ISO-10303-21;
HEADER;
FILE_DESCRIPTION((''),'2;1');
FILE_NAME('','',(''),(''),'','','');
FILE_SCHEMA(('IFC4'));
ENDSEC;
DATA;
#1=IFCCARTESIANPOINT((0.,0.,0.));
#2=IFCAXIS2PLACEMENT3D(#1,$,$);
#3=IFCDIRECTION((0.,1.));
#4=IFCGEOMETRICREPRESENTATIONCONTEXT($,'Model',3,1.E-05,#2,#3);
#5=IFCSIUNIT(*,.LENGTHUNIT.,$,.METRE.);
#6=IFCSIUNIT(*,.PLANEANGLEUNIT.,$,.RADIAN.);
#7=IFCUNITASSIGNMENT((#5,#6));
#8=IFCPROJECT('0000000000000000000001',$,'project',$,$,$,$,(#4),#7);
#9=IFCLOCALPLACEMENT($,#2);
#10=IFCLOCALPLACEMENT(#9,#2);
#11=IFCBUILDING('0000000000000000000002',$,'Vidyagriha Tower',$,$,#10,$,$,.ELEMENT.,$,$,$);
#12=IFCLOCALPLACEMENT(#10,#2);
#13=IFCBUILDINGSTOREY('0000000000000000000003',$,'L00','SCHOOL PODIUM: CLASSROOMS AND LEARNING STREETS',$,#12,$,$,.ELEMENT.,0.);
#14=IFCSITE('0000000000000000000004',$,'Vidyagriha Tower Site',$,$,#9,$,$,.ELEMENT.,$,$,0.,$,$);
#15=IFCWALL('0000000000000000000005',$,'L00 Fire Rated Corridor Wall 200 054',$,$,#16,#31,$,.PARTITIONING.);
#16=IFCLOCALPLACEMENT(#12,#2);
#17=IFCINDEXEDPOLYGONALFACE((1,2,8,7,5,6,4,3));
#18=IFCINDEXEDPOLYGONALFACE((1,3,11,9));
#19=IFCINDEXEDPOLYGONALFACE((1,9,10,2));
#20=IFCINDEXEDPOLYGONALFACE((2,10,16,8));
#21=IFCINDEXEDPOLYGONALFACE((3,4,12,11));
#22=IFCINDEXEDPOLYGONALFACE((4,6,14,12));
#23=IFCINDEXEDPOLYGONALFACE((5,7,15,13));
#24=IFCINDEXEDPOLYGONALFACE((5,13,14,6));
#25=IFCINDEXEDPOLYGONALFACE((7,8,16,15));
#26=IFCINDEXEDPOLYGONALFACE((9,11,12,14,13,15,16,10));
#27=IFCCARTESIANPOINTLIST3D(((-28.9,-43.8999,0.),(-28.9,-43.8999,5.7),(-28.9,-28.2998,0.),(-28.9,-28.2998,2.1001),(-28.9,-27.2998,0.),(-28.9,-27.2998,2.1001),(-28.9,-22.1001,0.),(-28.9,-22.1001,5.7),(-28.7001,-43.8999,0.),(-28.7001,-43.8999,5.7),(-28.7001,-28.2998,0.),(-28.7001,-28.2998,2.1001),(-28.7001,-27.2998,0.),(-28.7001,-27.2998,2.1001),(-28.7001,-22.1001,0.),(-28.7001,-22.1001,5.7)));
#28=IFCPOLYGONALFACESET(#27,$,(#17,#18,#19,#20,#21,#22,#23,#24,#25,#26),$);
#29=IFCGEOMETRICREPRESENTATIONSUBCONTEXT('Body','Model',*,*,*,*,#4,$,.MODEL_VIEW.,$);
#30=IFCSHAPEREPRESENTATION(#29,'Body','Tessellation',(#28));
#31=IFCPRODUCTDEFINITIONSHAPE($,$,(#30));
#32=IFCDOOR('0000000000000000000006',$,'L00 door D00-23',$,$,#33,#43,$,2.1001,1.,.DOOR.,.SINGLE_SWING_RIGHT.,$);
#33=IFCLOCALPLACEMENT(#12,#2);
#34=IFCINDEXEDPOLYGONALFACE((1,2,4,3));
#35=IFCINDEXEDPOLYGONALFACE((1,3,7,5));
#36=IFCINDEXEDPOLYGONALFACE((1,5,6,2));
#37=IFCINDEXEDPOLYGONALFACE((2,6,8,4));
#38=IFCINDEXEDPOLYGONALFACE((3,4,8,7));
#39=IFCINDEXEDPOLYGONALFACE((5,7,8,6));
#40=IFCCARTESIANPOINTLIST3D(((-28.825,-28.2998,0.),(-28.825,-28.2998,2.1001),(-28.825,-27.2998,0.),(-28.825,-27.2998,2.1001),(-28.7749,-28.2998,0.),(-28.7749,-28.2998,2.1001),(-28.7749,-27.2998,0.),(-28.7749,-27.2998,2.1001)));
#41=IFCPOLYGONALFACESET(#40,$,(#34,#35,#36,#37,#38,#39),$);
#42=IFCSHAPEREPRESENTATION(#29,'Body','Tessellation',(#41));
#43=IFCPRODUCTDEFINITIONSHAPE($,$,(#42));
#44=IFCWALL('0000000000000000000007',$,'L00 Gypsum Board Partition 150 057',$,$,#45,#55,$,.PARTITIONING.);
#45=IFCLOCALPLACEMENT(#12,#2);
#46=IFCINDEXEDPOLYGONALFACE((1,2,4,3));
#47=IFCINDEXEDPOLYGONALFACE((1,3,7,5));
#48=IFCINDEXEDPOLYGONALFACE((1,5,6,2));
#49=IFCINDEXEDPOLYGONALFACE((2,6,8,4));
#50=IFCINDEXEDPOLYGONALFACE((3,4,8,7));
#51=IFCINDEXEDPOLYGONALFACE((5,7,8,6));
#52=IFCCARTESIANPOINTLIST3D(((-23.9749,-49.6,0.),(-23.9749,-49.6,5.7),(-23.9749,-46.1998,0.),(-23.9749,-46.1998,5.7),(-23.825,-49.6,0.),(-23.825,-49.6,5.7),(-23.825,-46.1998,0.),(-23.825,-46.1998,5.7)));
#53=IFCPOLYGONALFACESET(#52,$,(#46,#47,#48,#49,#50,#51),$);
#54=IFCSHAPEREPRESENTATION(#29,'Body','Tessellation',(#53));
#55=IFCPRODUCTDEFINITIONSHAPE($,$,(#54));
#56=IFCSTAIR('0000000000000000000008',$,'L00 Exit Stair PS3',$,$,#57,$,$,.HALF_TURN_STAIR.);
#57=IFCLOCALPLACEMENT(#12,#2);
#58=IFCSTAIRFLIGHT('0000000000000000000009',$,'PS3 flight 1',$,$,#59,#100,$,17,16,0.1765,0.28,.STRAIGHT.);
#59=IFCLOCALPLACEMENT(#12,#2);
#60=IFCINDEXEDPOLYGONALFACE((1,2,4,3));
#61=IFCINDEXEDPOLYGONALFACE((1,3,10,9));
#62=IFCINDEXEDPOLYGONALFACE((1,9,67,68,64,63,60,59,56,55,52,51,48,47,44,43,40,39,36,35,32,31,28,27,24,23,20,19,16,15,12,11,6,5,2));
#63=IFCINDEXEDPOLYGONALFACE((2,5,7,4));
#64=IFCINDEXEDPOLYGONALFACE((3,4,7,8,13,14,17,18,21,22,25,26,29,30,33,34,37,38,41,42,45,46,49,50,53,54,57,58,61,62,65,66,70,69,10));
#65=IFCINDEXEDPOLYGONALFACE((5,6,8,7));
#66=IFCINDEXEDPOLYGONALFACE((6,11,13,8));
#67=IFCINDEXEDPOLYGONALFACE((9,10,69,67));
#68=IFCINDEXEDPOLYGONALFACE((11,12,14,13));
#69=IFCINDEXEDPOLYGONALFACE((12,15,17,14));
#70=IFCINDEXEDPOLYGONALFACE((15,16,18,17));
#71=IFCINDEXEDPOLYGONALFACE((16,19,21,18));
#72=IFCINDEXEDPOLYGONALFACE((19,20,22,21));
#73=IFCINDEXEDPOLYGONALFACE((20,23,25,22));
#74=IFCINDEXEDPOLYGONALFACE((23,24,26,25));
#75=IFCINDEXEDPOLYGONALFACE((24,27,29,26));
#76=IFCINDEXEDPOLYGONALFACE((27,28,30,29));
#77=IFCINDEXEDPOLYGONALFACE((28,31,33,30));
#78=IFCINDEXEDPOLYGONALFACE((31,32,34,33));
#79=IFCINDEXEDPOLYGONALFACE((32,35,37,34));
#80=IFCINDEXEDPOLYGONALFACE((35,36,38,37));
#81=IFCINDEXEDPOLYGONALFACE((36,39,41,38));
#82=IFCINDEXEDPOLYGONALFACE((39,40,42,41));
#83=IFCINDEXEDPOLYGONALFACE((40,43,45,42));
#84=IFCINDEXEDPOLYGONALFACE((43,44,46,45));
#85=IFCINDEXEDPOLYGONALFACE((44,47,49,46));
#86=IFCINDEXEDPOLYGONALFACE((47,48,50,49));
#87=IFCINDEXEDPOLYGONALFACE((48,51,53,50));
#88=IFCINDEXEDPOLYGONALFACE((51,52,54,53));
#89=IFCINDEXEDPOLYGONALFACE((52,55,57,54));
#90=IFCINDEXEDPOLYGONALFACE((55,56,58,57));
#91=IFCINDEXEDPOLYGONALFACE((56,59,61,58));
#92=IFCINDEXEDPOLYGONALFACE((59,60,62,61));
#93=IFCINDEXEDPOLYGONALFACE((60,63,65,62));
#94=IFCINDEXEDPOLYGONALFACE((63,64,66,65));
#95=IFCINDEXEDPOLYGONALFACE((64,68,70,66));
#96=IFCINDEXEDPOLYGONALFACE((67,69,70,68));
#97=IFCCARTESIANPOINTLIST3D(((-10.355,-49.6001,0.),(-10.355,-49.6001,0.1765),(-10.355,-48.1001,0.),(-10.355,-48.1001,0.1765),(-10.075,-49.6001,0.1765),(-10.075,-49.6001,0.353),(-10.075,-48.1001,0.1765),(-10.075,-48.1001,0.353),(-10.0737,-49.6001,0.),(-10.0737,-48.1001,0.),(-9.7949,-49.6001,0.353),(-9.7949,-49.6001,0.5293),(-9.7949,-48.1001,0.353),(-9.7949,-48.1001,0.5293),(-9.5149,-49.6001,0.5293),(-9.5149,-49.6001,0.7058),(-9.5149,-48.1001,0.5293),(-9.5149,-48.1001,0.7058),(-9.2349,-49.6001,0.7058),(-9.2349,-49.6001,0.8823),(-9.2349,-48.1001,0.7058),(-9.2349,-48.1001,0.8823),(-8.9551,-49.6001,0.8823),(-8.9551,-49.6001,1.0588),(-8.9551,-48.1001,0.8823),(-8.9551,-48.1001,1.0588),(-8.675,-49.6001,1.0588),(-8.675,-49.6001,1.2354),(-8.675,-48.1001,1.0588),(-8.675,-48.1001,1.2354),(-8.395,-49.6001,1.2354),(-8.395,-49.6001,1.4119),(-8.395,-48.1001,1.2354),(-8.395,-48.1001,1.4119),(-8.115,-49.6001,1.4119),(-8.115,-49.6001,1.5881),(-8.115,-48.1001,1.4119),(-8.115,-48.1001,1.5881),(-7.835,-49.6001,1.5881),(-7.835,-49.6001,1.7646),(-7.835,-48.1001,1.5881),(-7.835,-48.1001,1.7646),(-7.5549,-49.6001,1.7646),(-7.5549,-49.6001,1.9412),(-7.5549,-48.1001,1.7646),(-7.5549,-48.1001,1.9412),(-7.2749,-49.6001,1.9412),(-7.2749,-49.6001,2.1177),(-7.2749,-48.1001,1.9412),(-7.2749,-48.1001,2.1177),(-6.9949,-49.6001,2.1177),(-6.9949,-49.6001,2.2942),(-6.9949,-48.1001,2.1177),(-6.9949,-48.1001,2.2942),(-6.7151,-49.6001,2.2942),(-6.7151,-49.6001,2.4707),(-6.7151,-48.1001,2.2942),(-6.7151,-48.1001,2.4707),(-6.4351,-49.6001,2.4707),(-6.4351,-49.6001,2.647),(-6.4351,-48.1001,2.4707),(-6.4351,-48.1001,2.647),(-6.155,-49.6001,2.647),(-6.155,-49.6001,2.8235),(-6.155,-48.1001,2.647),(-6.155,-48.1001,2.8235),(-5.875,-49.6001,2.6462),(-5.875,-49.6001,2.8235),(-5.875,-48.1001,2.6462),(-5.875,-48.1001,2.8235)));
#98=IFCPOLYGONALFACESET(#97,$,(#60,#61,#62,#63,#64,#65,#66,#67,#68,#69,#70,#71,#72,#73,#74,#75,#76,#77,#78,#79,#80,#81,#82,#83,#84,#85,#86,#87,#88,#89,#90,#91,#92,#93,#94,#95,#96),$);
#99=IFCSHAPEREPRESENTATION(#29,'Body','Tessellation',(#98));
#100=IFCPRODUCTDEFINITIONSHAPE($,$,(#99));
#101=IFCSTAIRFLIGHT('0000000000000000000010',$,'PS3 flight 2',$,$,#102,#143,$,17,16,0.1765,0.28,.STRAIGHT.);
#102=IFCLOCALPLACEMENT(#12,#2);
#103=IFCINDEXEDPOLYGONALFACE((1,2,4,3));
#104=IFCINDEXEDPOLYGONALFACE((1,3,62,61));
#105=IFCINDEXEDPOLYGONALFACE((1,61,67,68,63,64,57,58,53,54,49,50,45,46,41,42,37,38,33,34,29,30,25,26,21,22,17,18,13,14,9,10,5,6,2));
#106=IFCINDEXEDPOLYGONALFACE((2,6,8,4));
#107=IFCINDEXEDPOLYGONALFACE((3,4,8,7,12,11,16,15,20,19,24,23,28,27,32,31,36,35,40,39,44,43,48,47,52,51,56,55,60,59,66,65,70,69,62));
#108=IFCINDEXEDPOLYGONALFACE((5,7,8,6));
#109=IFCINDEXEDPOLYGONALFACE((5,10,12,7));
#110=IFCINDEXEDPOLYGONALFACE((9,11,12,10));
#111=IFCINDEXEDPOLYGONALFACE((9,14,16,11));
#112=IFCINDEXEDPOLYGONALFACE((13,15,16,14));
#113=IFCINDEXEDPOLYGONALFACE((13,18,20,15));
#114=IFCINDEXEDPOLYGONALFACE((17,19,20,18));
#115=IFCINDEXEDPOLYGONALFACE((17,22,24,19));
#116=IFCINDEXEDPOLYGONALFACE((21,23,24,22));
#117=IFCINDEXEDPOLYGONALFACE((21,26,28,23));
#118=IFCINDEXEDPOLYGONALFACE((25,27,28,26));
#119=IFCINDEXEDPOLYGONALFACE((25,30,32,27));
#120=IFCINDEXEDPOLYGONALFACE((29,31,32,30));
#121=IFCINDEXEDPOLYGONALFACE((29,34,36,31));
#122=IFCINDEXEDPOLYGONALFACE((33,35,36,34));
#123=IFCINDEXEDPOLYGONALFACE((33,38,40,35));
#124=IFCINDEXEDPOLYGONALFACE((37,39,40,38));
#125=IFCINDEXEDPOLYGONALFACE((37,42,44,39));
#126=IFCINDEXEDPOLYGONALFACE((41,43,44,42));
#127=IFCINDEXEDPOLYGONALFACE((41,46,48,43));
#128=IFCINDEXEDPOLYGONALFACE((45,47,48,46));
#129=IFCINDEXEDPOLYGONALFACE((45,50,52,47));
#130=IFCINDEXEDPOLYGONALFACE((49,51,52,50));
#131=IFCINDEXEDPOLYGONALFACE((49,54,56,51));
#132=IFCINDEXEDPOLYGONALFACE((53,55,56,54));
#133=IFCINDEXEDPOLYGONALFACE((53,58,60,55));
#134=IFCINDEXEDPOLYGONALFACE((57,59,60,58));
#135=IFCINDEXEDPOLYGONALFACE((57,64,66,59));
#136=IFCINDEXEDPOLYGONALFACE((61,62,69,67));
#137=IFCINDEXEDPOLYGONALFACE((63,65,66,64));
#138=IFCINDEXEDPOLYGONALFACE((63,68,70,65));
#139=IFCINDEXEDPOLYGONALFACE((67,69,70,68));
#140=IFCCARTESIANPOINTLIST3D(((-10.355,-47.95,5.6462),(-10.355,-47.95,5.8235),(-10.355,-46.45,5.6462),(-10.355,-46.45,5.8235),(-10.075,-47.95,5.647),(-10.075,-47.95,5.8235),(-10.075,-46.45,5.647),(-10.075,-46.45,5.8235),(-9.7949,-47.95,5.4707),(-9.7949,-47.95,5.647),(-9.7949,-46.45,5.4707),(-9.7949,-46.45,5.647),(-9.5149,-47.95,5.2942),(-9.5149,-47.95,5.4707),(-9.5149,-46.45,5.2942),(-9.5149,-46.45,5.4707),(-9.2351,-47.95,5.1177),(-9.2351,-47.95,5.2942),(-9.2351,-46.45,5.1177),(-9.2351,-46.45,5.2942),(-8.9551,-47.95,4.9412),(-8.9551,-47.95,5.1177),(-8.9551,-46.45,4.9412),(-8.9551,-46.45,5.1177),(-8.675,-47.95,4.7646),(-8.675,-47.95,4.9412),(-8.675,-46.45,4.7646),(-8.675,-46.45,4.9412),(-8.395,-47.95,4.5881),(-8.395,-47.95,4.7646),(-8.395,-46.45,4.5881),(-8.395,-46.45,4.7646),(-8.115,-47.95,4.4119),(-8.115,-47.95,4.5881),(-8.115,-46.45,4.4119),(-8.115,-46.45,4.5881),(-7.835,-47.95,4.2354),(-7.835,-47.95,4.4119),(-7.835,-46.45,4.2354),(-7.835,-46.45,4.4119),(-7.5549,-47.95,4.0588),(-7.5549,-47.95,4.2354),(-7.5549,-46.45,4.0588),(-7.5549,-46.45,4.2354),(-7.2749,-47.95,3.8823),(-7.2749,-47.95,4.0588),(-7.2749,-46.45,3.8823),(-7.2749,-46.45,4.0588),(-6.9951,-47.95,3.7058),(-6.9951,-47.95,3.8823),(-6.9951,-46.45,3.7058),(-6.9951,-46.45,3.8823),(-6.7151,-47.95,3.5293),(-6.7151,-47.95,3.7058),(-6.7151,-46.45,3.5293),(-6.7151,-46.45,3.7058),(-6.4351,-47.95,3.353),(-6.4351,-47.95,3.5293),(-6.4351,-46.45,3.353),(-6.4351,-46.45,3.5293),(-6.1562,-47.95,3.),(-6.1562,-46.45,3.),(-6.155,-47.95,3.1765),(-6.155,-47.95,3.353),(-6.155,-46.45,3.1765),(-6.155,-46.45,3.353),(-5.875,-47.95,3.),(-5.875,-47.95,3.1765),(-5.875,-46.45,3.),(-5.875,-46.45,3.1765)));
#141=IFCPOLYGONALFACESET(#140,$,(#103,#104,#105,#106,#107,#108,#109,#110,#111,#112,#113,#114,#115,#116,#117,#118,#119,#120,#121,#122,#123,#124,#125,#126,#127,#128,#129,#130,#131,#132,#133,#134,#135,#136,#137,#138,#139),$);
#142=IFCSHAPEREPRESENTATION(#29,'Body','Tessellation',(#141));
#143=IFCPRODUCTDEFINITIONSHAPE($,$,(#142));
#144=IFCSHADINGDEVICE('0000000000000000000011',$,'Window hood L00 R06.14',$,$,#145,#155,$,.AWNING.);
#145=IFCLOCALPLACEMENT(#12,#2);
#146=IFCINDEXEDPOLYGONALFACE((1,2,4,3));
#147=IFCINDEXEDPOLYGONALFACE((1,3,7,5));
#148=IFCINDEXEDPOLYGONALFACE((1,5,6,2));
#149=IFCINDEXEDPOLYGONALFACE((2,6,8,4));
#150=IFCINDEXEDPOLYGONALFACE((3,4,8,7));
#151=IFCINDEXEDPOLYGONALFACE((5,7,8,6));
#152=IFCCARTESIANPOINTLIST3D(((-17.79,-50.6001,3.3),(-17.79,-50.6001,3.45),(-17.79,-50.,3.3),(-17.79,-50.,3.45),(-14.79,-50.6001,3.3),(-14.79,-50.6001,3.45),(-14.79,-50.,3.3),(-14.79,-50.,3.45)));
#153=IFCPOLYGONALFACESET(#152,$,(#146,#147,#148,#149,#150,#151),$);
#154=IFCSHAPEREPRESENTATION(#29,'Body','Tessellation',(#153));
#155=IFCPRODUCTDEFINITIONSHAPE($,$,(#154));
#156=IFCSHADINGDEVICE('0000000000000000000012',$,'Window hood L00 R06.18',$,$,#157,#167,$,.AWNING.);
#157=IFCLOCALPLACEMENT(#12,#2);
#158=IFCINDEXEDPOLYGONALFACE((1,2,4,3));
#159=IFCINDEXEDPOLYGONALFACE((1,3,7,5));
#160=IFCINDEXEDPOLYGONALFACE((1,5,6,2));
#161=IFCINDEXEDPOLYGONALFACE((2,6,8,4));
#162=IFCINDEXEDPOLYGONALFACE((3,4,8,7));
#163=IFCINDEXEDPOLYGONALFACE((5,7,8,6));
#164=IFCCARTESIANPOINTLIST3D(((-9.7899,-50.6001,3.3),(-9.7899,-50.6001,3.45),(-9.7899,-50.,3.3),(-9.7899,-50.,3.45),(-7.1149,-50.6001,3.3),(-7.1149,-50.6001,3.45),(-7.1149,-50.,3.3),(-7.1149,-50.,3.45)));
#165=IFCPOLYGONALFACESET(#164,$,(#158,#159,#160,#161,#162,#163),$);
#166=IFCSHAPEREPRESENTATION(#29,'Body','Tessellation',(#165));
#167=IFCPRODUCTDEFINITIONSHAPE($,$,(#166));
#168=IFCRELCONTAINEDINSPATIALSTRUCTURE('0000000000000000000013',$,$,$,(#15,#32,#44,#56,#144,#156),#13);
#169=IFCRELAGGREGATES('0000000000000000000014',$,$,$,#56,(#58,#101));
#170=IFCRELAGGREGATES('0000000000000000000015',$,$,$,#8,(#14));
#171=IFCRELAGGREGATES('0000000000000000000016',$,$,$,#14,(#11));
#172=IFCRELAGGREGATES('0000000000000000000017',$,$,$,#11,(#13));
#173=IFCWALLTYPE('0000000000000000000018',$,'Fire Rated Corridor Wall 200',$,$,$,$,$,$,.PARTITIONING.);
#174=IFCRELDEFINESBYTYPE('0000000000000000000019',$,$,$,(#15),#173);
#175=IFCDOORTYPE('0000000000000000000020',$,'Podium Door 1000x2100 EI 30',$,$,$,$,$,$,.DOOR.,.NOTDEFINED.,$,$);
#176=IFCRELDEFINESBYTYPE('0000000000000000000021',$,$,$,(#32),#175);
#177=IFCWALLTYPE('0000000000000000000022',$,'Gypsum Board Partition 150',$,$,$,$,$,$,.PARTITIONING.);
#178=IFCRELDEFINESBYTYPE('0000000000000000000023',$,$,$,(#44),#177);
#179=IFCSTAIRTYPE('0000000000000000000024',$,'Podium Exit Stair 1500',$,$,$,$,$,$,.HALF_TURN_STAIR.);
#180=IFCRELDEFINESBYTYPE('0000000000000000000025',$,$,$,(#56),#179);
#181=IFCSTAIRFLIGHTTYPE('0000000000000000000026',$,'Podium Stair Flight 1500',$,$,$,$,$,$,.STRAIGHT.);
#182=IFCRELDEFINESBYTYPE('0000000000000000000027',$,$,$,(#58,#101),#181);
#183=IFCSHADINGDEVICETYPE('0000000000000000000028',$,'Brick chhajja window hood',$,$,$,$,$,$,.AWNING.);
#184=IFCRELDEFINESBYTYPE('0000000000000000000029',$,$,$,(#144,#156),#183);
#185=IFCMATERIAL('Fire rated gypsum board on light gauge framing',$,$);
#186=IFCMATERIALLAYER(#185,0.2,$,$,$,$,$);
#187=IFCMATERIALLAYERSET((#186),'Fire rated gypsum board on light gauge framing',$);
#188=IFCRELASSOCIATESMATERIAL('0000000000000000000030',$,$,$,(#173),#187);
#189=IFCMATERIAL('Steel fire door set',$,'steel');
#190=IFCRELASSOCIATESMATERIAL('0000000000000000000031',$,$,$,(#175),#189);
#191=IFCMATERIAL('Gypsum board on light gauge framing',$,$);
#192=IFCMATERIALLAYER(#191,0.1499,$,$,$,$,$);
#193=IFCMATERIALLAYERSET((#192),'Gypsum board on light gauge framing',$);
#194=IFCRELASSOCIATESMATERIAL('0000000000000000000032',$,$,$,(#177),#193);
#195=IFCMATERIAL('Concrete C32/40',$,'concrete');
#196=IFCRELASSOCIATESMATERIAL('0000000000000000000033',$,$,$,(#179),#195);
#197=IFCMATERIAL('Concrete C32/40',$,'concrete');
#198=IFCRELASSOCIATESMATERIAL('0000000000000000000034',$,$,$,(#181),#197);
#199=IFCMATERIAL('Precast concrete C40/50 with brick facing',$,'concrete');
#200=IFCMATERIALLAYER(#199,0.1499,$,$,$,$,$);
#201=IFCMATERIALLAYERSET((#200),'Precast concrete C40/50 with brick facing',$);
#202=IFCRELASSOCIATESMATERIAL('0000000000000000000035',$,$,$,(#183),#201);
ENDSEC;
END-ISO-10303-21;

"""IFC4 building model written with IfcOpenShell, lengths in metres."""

from ifc_helpers import new_model, si_unit, direction, frame, frame_2d, origin, origin_2d, place, context, subcontext, project, spatial, polyline, rectangle, outline, extrude, material, layer, layer_set, type_object, element, fill, aggregate, save


model = new_model("IFC4")

# Units and contexts
model_context = context("Model", 3, precision=1e-05, world=origin(), true_north=direction((0.0, 1.0)))
body_context = subcontext(model_context, "Body", "Model", "MODEL_VIEW")
ifc_project = project(units=[si_unit("LENGTHUNIT", "METRE"), si_unit("PLANEANGLEUNIT", "RADIAN")], contexts=[model_context])

# Site, building, storey
site_placement = place(None, origin())
site = spatial("IfcSite", under=ifc_project, at=site_placement, Name="Vidyagriha Tower Site", CompositionType="ELEMENT", RefElevation=0.0)
building_placement = place(site_placement, origin())
building = spatial("IfcBuilding", under=site, at=building_placement, Name="Vidyagriha Tower", CompositionType="ELEMENT")
storey_placement = place(building_placement, origin())
storey = spatial("IfcBuildingStorey", under=building, at=storey_placement, Name="L00", Description="SCHOOL PODIUM: CLASSROOMS AND LEARNING STREETS", CompositionType="ELEMENT", Elevation=0.0)

# Wall, opening, door
ifc_material_1 = material(Name="Fire rated gypsum board on light gauge framing")
ifc_layer_1 = layer(ifc_material_1, 0.2)
ifc_layer_set_1 = layer_set([ifc_layer_1], Name="Fire rated gypsum board on light gauge framing")
wall_type_1 = type_object("IfcWallType", Name="Fire Rated Corridor Wall 200", PredefinedType="PARTITIONING", material=ifc_layer_set_1)
wall_1_placement = place(storey_placement, frame((-28.8, -43.8999, 0.0), z_axis=(0.0, 0.0, 1.0), x_axis=(0.0, 1.0, 0.0)))
wall_1 = element("IfcWall", 1, at=wall_1_placement, inside=storey, type_object=wall_type_1, Name="L00 Fire Rated Corridor Wall 200 054", PredefinedType="PARTITIONING", context=body_context, shape_type="SweptSolid", body=[
    extrude(rectangle(XDim=21.7998, YDim=0.2, at=frame_2d((10.8999, 0.0))), origin(), (0.0, 0.0, 1.0), 5.7),
])
opening_1_placement = place(wall_1_placement, frame((15.6001, 0.0, 0.0)))
opening_1 = element("IfcOpeningElement", 2, at=opening_1_placement, cuts=wall_1, PredefinedType="OPENING", context=body_context, shape_type="SweptSolid", body=[
    extrude(rectangle(XDim=1.0, YDim=2.1001, at=frame_2d((0.5, 1.05))), frame((0.0, 0.1099, 0.0), z_axis=(0.0, -1.0, 0.0), x_axis=(1.0, 0.0, 0.0)), (0.0, 0.0, 1.0), 0.22),
])
ifc_material_2 = material(Name="Steel fire door set", Category="steel")
door_type_1 = type_object("IfcDoorType", Name="Podium Door 1000x2100 EI 30", OperationType="NOTDEFINED", PredefinedType="DOOR", material=ifc_material_2)
door_1_placement = place(opening_1_placement, origin())
door_1 = element("IfcDoor", 3, at=door_1_placement, inside=storey, type_object=door_type_1, Name="L00 door D00-23", OperationType="SINGLE_SWING_RIGHT", OverallHeight=2.1001, OverallWidth=1.0, PredefinedType="DOOR", context=body_context, shape_type="SweptSolid", body=[
    extrude(rectangle(XDim=1.0, YDim=2.1001, at=frame_2d((0.5, 1.05))), frame((0.0, 0.0249, 0.0), z_axis=(0.0, -1.0, 0.0), x_axis=(1.0, 0.0, 0.0)), (0.0, 0.0, 1.0), 0.05),
])
fill(opening_1, door_1)

# Wall
ifc_material_3 = material(Name="Gypsum board on light gauge framing")
ifc_layer_2 = layer(ifc_material_3, 0.1499)
ifc_layer_set_2 = layer_set([ifc_layer_2], Name="Gypsum board on light gauge framing")
wall_type_2 = type_object("IfcWallType", Name="Gypsum Board Partition 150", PredefinedType="PARTITIONING", material=ifc_layer_set_2)
wall_2_placement = place(storey_placement, frame((-23.8999, -49.6001, 0.0), z_axis=(0.0, 0.0, 1.0), x_axis=(0.0, 1.0, 0.0)))
element("IfcWall", 4, at=wall_2_placement, inside=storey, type_object=wall_type_2, Name="L00 Gypsum Board Partition 150 057", PredefinedType="PARTITIONING", context=body_context, shape_type="SweptSolid", body=[
    extrude(rectangle(XDim=3.4001, YDim=0.1499, at=frame_2d((1.7002, 0.0))), origin(), (0.0, 0.0, 1.0), 5.7),
])

# Stair, stair flights
ifc_material_4 = material(Name="Concrete C32/40", Category="concrete")
stair_type = type_object("IfcStairType", Name="Podium Exit Stair 1500", PredefinedType="HALF_TURN_STAIR", material=ifc_material_4)
stair_placement = place(storey_placement, origin())
stair = element("IfcStair", 5, at=stair_placement, inside=storey, type_object=stair_type, Name="L00 Exit Stair PS3", PredefinedType="HALF_TURN_STAIR")
ifc_material_5 = material(Name="Concrete C32/40", Category="concrete")
stair_flight_type = type_object("IfcStairFlightType", Name="Podium Stair Flight 1500", PredefinedType="STRAIGHT", material=ifc_material_5)
stair_flight_1_placement = place(storey_placement, frame((-10.355, -48.8501, 0.0)))
stair_flight_1 = element("IfcStairFlight", 6, at=stair_flight_1_placement, type_object=stair_flight_type, Name="PS3 flight 1", NumberOfRisers=17, NumberOfTreads=16, PredefinedType="STRAIGHT", RiserHeight=0.1765, TreadLength=0.28, context=body_context, shape_type="SweptSolid", body=[
    extrude(outline(polyline([(0.0, 0.0), (0.0, 0.1765), (0.28, 0.1765), (0.28, 0.353), (0.5601, 0.353), (0.5601, 0.5293), (0.8401, 0.5293), (0.8401, 0.7058), (1.1201, 0.7058), (1.1201, 0.8823), (1.3999, 0.8823), (1.3999, 1.0588), (1.6799, 1.0588), (1.6799, 1.2354), (1.96, 1.2354), (1.96, 1.4119), (2.24, 1.4119), (2.24, 1.5881), (2.52, 1.5881), (2.52, 1.7646), (2.8, 1.7646), (2.8, 1.9412), (3.0801, 1.9412), (3.0801, 2.1177), (3.3601, 2.1177), (3.3601, 2.2942), (3.6399, 2.2942), (3.6399, 2.4707), (3.9199, 2.4707), (3.9199, 2.647), (4.2, 2.647), (4.2, 2.8235), (4.48, 2.8235), (4.48, 3.0), (4.48, 2.6462), (0.2812, 0.0), (0.0, 0.0)])), frame((0.0, 0.75, 0.0), z_axis=(0.0, -1.0, 0.0), x_axis=(1.0, 0.0, 0.0)), (0.0, 0.0, 1.0), 1.5),
])
stair_flight_2_placement = place(storey_placement, frame((-5.875, -47.2, 3.0), z_axis=(0.0, 0.0, 1.0), x_axis=(-1.0, 0.0, 0.0)))
stair_flight_2 = element("IfcStairFlight", 7, at=stair_flight_2_placement, type_object=stair_flight_type, Name="PS3 flight 2", NumberOfRisers=17, NumberOfTreads=16, PredefinedType="STRAIGHT", RiserHeight=0.1765, TreadLength=0.28, context=body_context, shape_type="SweptSolid", body=[
    extrude(outline(polyline([(0.0, 0.0), (0.0, 0.1765), (0.28, 0.1765), (0.28, 0.353), (0.5601, 0.353), (0.5601, 0.5293), (0.8401, 0.5293), (0.8401, 0.7058), (1.1201, 0.7058), (1.1201, 0.8823), (1.3999, 0.8823), (1.3999, 1.0588), (1.6799, 1.0588), (1.6799, 1.2354), (1.96, 1.2354), (1.96, 1.4119), (2.24, 1.4119), (2.24, 1.5881), (2.52, 1.5881), (2.52, 1.7646), (2.8, 1.7646), (2.8, 1.9412), (3.0801, 1.9412), (3.0801, 2.1177), (3.3601, 2.1177), (3.3601, 2.2942), (3.6399, 2.2942), (3.6399, 2.4707), (3.9199, 2.4707), (3.9199, 2.647), (4.2, 2.647), (4.2, 2.8235), (4.48, 2.8235), (4.48, 3.0), (4.48, 2.6462), (0.2812, 0.0), (0.0, 0.0)])), frame((0.0, 0.75, 0.0), z_axis=(0.0, -1.0, 0.0), x_axis=(1.0, 0.0, 0.0)), (0.0, 0.0, 1.0), 1.5),
])
aggregate(stair, [stair_flight_1, stair_flight_2])

# Shading devices
ifc_material_6 = material(Name="Precast concrete C40/50 with brick facing", Category="concrete")
ifc_layer_3 = layer(ifc_material_6, 0.1499)
ifc_layer_set_3 = layer_set([ifc_layer_3], Name="Precast concrete C40/50 with brick facing")
shading_device_type_1 = type_object("IfcShadingDeviceType", Name="Brick chhajja window hood", PredefinedType="AWNING", material=ifc_layer_set_3)
shading_device_1_placement = place(storey_placement, frame((-16.29, -50.3, 3.3)))
element("IfcShadingDevice", 8, at=shading_device_1_placement, inside=storey, type_object=shading_device_type_1, Name="Window hood L00 R06.14", PredefinedType="AWNING", context=body_context, shape_type="SweptSolid", body=[
    extrude(rectangle(XDim=3.0, YDim=0.6001, at=origin_2d()), origin(), (0.0, 0.0, 1.0), 0.1499),
])
shading_device_2_placement = place(storey_placement, frame((-8.4524, -50.3, 3.3)))
element("IfcShadingDevice", 9, at=shading_device_2_placement, inside=storey, type_object=shading_device_type_1, Name="Window hood L00 R06.18", PredefinedType="AWNING", context=body_context, shape_type="SweptSolid", body=[
    extrude(rectangle(XDim=2.675, YDim=0.6001, at=origin_2d()), origin(), (0.0, 0.0, 1.0), 0.1499),
])

save(model, "model.ifc")
